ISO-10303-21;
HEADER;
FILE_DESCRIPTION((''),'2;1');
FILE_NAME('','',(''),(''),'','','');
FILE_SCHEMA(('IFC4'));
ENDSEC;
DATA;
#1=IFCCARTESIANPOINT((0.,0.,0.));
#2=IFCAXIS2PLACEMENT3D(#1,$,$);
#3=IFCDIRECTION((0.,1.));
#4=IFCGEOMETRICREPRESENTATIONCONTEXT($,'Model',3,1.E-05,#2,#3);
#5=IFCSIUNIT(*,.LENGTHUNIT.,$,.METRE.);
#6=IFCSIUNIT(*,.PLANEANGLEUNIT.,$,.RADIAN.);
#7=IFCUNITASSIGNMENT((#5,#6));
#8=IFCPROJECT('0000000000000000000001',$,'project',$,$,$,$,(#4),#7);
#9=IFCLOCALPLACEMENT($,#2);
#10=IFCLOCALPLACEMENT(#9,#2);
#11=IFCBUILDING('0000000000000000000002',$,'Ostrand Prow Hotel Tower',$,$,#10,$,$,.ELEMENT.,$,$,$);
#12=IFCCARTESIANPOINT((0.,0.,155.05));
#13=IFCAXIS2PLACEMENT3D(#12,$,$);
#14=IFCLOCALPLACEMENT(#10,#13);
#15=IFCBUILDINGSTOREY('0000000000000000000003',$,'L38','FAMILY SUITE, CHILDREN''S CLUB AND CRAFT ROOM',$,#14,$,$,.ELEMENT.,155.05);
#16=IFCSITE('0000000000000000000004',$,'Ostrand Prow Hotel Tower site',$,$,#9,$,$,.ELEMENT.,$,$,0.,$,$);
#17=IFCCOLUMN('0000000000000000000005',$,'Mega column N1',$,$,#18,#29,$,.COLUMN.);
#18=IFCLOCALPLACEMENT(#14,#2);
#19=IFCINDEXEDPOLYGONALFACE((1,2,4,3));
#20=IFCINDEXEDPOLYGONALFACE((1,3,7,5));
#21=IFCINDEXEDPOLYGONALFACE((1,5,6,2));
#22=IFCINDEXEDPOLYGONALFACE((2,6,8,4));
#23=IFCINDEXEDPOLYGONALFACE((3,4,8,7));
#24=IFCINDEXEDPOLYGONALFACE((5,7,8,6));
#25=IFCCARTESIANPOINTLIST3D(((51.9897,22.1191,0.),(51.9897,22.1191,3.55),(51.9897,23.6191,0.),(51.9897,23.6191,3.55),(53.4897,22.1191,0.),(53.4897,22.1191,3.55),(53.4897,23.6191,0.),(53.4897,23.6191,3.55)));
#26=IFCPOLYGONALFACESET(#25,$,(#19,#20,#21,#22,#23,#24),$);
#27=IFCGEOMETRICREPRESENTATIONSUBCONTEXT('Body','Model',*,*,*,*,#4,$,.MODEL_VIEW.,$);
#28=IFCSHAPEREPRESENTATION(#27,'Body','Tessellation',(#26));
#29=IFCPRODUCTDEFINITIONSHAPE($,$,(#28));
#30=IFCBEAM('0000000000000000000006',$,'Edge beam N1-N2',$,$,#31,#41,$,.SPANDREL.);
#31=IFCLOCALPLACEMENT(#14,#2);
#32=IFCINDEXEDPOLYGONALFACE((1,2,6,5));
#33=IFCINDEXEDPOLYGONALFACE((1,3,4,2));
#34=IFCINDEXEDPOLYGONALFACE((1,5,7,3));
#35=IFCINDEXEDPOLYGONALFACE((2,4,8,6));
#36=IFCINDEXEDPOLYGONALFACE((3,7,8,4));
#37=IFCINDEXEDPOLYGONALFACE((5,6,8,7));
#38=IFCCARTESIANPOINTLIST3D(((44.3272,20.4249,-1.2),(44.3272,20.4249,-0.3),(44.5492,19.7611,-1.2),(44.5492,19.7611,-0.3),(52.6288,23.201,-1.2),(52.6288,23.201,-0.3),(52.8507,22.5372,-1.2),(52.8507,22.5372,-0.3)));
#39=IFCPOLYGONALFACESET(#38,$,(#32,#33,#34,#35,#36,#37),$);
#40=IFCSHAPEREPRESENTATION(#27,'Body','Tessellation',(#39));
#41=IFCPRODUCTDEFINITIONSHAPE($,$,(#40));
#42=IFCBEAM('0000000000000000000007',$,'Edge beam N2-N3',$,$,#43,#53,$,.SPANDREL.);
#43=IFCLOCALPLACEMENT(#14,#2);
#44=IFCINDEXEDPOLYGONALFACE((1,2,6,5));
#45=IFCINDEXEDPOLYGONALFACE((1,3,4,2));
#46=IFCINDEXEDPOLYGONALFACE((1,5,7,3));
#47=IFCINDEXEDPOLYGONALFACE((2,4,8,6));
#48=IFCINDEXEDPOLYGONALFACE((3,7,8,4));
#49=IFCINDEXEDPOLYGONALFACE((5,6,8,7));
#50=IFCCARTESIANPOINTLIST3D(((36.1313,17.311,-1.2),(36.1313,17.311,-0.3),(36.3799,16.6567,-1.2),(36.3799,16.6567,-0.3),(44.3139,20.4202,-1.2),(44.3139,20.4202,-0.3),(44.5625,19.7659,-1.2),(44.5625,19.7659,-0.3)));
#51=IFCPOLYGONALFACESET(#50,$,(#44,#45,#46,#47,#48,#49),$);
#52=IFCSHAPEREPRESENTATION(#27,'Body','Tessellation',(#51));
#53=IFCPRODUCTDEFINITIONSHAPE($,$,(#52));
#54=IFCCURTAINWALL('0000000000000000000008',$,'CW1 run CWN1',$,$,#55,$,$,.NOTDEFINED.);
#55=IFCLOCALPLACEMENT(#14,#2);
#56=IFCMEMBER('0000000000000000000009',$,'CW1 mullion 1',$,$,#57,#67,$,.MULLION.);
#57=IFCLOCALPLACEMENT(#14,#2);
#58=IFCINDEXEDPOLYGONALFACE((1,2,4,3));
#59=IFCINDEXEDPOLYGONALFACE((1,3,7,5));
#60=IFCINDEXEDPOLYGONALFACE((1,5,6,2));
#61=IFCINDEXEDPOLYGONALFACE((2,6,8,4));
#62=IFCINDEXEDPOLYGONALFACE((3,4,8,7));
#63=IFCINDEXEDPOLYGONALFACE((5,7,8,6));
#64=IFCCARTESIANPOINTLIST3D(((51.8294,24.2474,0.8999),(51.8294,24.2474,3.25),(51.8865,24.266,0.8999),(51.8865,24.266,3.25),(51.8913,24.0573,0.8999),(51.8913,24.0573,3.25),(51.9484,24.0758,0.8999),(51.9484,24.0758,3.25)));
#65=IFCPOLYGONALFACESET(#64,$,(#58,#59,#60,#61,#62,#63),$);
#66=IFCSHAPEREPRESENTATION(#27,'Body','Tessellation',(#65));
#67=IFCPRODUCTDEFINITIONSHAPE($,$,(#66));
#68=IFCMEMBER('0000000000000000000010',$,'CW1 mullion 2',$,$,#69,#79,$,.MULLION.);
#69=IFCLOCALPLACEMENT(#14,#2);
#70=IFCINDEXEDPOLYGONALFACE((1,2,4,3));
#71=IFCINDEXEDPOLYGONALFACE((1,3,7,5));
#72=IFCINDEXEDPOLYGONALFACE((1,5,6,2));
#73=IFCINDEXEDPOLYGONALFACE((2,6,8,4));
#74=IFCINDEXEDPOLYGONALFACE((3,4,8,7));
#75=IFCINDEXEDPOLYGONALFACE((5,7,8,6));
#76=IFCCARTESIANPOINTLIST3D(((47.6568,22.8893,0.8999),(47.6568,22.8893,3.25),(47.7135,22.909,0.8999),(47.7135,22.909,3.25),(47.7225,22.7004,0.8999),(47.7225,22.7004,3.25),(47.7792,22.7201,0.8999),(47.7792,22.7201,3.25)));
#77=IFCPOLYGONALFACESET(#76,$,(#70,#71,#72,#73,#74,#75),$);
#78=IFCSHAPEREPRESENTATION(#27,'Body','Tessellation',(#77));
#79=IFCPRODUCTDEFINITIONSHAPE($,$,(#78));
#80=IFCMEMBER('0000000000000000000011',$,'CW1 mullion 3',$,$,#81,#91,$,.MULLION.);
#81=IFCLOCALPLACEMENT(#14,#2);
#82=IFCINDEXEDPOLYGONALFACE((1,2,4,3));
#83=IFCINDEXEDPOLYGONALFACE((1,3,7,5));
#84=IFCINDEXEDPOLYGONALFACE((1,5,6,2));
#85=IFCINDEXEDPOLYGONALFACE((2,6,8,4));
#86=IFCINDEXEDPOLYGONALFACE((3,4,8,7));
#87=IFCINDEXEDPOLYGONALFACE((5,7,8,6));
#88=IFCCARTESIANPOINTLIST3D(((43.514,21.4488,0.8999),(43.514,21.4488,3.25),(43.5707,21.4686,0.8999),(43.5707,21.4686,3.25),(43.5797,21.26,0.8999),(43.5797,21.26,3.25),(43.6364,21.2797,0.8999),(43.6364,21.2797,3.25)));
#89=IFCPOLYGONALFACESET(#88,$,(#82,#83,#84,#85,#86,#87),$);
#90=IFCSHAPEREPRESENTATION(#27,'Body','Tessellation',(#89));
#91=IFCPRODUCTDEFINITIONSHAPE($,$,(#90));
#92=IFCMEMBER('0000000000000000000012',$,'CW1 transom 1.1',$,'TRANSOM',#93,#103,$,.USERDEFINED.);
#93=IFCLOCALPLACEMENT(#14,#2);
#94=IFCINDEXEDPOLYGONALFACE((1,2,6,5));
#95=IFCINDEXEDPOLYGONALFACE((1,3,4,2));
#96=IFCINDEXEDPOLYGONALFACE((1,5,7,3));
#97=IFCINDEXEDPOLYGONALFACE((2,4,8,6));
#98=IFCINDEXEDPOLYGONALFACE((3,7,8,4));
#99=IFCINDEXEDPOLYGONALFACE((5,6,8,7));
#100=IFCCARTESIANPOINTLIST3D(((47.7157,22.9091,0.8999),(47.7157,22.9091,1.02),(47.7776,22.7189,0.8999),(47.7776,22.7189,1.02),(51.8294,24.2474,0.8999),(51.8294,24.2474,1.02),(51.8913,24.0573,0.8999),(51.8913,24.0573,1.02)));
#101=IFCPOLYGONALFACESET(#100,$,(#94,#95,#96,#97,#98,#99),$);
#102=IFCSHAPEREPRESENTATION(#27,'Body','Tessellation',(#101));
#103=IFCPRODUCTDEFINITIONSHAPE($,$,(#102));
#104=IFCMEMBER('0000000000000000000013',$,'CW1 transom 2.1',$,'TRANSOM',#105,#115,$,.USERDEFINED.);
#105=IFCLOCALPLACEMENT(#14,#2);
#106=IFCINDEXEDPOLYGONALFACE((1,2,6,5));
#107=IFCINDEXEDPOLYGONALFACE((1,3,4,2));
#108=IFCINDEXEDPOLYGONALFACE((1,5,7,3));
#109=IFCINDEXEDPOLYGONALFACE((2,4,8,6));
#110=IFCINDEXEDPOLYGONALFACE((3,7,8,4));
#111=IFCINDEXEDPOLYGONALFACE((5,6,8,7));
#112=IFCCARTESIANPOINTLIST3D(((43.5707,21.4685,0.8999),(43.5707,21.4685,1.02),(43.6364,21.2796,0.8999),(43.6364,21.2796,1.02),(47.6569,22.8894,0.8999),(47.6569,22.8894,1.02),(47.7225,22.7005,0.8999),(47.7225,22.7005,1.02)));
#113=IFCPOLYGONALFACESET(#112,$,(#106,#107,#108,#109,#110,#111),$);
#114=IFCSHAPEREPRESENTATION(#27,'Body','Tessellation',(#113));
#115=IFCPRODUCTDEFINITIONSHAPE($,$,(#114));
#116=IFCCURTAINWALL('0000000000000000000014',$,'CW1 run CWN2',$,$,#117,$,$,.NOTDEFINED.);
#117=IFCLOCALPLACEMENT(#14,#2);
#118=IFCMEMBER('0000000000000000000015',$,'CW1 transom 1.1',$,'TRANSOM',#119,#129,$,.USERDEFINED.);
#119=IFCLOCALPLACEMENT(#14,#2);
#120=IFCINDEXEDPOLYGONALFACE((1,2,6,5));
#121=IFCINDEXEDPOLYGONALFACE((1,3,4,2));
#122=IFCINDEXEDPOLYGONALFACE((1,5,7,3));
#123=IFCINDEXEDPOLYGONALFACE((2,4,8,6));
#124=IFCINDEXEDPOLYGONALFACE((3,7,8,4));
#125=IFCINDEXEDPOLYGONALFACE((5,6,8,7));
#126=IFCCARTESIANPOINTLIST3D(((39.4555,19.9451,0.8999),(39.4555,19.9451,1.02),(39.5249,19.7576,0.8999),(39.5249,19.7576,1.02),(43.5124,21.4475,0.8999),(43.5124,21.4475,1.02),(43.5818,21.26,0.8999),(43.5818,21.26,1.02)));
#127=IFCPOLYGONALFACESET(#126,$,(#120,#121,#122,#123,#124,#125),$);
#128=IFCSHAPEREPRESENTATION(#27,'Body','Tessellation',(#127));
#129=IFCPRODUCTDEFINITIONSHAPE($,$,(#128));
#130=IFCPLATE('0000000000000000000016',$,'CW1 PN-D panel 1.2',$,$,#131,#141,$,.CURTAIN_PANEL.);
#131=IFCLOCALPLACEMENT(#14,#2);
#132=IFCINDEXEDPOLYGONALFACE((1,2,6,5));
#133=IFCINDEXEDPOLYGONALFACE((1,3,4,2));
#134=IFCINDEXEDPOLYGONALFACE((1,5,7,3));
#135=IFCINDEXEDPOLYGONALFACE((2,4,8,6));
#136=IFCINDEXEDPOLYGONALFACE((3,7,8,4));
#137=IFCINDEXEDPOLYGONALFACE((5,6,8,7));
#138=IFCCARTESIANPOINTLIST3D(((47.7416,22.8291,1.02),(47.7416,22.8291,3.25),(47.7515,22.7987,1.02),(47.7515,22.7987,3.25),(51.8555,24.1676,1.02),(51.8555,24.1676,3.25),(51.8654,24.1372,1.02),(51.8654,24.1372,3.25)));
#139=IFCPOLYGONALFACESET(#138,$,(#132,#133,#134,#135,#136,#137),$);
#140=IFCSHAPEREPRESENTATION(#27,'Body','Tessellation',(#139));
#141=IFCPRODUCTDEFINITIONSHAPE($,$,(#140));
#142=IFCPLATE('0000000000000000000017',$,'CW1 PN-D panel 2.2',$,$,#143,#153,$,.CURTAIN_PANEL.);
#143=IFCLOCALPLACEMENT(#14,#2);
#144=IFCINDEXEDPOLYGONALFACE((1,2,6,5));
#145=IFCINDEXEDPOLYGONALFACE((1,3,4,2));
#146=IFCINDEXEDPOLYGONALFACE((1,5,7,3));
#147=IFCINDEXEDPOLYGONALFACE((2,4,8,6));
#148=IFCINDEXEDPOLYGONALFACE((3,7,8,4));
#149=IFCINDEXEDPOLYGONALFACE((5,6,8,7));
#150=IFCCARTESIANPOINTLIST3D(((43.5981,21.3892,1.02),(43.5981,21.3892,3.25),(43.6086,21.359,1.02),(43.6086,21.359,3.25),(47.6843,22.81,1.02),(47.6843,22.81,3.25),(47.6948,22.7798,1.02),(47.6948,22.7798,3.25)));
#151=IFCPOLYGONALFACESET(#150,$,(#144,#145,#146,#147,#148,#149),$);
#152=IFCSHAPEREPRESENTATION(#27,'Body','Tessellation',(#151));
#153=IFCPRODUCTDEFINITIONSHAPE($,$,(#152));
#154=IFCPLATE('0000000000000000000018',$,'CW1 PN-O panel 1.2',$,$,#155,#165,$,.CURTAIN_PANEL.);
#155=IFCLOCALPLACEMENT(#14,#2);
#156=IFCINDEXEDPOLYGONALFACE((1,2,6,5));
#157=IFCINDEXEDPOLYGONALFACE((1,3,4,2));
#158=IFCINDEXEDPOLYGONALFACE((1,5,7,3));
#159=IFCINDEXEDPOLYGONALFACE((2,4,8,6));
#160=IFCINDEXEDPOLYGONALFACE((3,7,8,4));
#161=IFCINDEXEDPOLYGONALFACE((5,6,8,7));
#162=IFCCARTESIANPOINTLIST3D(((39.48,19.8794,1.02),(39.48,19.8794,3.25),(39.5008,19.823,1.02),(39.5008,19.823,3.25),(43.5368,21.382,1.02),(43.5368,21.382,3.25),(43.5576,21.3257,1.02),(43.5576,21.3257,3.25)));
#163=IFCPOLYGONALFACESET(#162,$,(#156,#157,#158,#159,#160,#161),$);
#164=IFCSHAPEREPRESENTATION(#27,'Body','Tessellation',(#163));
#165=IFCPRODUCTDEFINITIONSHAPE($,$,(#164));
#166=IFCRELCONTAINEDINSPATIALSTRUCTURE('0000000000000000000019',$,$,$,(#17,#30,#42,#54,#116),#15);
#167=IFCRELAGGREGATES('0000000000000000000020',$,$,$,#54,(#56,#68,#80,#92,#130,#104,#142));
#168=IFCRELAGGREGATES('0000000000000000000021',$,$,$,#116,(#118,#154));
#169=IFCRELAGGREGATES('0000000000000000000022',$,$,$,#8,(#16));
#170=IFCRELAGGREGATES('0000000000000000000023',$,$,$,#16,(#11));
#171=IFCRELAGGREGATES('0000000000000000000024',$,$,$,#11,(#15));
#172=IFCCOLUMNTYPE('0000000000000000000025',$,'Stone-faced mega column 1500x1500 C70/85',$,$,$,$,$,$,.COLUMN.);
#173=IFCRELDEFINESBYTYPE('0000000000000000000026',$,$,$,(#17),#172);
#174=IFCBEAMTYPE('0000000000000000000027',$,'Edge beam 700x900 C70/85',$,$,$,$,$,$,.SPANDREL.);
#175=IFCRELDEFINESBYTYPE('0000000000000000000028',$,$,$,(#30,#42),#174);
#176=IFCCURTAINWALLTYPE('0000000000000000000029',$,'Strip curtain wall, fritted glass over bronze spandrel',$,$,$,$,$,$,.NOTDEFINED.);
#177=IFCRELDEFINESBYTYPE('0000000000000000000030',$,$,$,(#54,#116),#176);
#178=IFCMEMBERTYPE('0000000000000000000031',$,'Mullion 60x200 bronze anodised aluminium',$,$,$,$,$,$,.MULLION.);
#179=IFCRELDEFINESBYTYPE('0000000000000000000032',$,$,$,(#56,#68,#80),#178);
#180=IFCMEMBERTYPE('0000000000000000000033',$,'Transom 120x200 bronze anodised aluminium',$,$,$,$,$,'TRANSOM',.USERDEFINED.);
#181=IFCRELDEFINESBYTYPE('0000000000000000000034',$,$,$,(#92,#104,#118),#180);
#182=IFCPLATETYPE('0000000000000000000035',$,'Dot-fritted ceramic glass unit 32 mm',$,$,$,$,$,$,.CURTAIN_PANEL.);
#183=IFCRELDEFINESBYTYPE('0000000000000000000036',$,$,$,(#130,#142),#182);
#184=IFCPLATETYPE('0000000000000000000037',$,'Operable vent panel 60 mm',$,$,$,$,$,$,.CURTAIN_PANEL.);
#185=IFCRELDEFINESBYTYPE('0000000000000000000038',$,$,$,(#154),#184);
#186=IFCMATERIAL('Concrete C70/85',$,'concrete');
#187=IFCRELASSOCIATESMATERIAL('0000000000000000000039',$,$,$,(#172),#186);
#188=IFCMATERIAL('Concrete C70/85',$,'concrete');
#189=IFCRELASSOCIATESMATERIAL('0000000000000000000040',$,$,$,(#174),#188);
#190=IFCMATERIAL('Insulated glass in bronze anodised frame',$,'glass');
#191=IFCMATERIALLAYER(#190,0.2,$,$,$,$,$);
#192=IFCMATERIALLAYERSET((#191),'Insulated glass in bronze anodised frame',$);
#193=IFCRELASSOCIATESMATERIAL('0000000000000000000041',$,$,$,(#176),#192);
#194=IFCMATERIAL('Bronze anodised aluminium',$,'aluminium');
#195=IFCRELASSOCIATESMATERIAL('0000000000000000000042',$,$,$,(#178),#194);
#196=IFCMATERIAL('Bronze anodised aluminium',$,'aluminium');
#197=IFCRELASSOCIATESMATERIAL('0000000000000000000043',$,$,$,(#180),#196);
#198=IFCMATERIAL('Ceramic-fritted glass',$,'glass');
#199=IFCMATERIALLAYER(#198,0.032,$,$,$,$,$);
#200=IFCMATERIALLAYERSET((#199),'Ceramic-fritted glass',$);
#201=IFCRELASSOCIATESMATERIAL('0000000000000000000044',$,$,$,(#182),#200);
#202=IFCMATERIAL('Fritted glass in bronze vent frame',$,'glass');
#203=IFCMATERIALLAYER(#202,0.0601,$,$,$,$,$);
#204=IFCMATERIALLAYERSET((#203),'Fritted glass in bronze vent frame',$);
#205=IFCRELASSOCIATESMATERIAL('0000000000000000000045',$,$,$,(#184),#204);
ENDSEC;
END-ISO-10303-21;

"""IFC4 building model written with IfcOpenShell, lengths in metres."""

from ifc_helpers import new_model, si_unit, direction, frame, origin, origin_2d, place, context, subcontext, project, spatial, rectangle, extrude, material, layer, layer_set, material_profile, profile_set, type_object, element, aggregate, save


model = new_model("IFC4")

# Units and contexts
model_context = context("Model", 3, precision=1e-05, world=origin(), true_north=direction((0.0, 1.0)))
body_context = subcontext(model_context, "Body", "Model", "MODEL_VIEW")
ifc_project = project(units=[si_unit("LENGTHUNIT", "METRE"), si_unit("PLANEANGLEUNIT", "RADIAN")], contexts=[model_context])

# Site, building, storey
site_placement = place(None, origin())
site = spatial("IfcSite", under=ifc_project, at=site_placement, Name="Ostrand Prow Hotel Tower site", CompositionType="ELEMENT", RefElevation=0.0)
building_placement = place(site_placement, origin())
building = spatial("IfcBuilding", under=site, at=building_placement, Name="Ostrand Prow Hotel Tower", CompositionType="ELEMENT")
storey_placement = place(building_placement, frame((0.0, 0.0, 155.05)))
storey = spatial("IfcBuildingStorey", under=building, at=storey_placement, Name="L38", Description="FAMILY SUITE, CHILDREN'S CLUB AND CRAFT ROOM", CompositionType="ELEMENT", Elevation=155.05)

# Column
ifc_material_1 = material(Name="Concrete C70/85", Category="concrete")
ifc_material_profile_1 = material_profile(ifc_material_1, rectangle(XDim=1.5, YDim=1.5, at=origin_2d()), Name="RC 1500x1500")
ifc_profile_set_1 = profile_set([ifc_material_profile_1], Name="Concrete C70/85")
column_type = type_object("IfcColumnType", Name="Stone-faced mega column 1500x1500 C70/85", PredefinedType="COLUMN", material=ifc_profile_set_1)
column_placement = place(storey_placement, frame((52.7397, 22.8691, 0.0), z_axis=(0.0, 0.0, 1.0), x_axis=(1.0, 0.0, 0.0)))
element("IfcColumn", 1, at=column_placement, inside=storey, type_object=column_type, Name="Mega column N1", PredefinedType="COLUMN", context=body_context, shape_type="SweptSolid", body=[
    extrude(rectangle(XDim=1.5, YDim=1.5, at=origin_2d()), origin(), (0.0, 0.0, 1.0), 3.55),
])

# Beams
ifc_material_2 = material(Name="Concrete C70/85", Category="concrete")
ifc_material_profile_2 = material_profile(ifc_material_2, rectangle(XDim=0.7, YDim=0.8999, at=origin_2d()), Name="RC 700x900")
ifc_profile_set_2 = profile_set([ifc_material_profile_2], Name="Concrete C70/85")
beam_type = type_object("IfcBeamType", Name="Edge beam 700x900 C70/85", PredefinedType="SPANDREL", material=ifc_profile_set_2)
for number, where, z_axis, x_axis, name in (
    (2, (52.7397, 22.8691, -0.75), (-0.948376, -0.317148, 0.0), (0.317148, -0.948376, 0.0), "Edge beam N1-N2"),
    (3, (44.4382, 20.093, -0.75), (-0.934794, -0.355191, 0.0), (0.355191, -0.934794, 0.0), "Edge beam N2-N3"),
):
    element("IfcBeam", number, at=place(storey_placement, frame(where, z_axis=z_axis, x_axis=x_axis)), inside=storey, type_object=beam_type, Name=name, PredefinedType="SPANDREL", context=body_context, shape_type="SweptSolid", body=[
        extrude(rectangle(XDim=0.7, YDim=0.8999, at=origin_2d()), origin(), (0.0, 0.0, 1.0), 8.7534),
    ])

# Curtain wall, members
ifc_material_3 = material(Name="Insulated glass in bronze anodised frame", Category="glass")
ifc_layer_1 = layer(ifc_material_3, 0.2)
ifc_layer_set_1 = layer_set([ifc_layer_1], Name="Insulated glass in bronze anodised frame")
curtain_wall_type = type_object("IfcCurtainWallType", Name="Strip curtain wall, fritted glass over bronze spandrel", PredefinedType="NOTDEFINED", material=ifc_layer_set_1)
curtain_wall_1_placement = place(storey_placement, origin())
curtain_wall_1 = element("IfcCurtainWall", 4, at=curtain_wall_1_placement, inside=storey, type_object=curtain_wall_type, Name="CW1 run CWN1", PredefinedType="NOTDEFINED")
ifc_material_4 = material(Name="Bronze anodised aluminium", Category="aluminium")
ifc_material_profile_3 = material_profile(ifc_material_4, rectangle(XDim=0.2, YDim=0.0601, at=origin_2d()), Name="Mullion 60x200 bronze anodised aluminium")
ifc_profile_set_3 = profile_set([ifc_material_profile_3], Name="Bronze anodised aluminium")
member_type_1 = type_object("IfcMemberType", Name="Mullion 60x200 bronze anodised aluminium", PredefinedType="MULLION", material=ifc_profile_set_3)
member_1_placement = place(storey_placement, frame((51.8889, 24.1616, 0.8999), z_axis=(0.0, 0.0, 1.0), x_axis=(0.30938, -0.950938, 0.0)))
member_1 = element("IfcMember", 5, at=member_1_placement, type_object=member_type_1, Name="CW1 mullion 1", PredefinedType="MULLION", context=body_context, shape_type="SweptSolid", body=[
    extrude(rectangle(XDim=0.2, YDim=0.0601, at=origin_2d()), origin(), (0.0, 0.0, 1.0), 2.3501),
])
member_2_placement = place(storey_placement, frame((47.718, 22.8047, 0.8999), z_axis=(0.0, 0.0, 1.0), x_axis=(0.328428, -0.944529, 0.0)))
member_2 = element("IfcMember", 6, at=member_2_placement, type_object=member_type_1, Name="CW1 mullion 2", PredefinedType="MULLION", context=body_context, shape_type="SweptSolid", body=[
    extrude(rectangle(XDim=0.2, YDim=0.0601, at=origin_2d()), origin(), (0.0, 0.0, 1.0), 2.3501),
])
member_3_placement = place(storey_placement, frame((43.5752, 21.3643, 0.8999), z_axis=(0.0, 0.0, 1.0), x_axis=(0.328428, -0.944529, 0.0)))
member_3 = element("IfcMember", 7, at=member_3_placement, type_object=member_type_1, Name="CW1 mullion 3", PredefinedType="MULLION", context=body_context, shape_type="SweptSolid", body=[
    extrude(rectangle(XDim=0.2, YDim=0.0601, at=origin_2d()), origin(), (0.0, 0.0, 1.0), 2.3501),
])
ifc_material_5 = material(Name="Bronze anodised aluminium", Category="aluminium")
ifc_material_profile_4 = material_profile(ifc_material_5, rectangle(XDim=0.2, YDim=0.1201, at=origin_2d()), Name="Transom 120x200 bronze anodised aluminium")
ifc_profile_set_4 = profile_set([ifc_material_profile_4], Name="Bronze anodised aluminium")
member_type_2 = type_object("IfcMemberType", Name="Transom 120x200 bronze anodised aluminium", ElementType="TRANSOM", PredefinedType="USERDEFINED", material=ifc_profile_set_4)
member_4_placement = place(storey_placement, frame((51.8604, 24.1523, 0.96), z_axis=(-0.950939, -0.30938, 0.0), x_axis=(0.30938, -0.950939, 0.0)))
member_4 = element("IfcMember", 8, at=member_4_placement, type_object=member_type_2, Name="CW1 transom 1.1", ObjectType="TRANSOM", PredefinedType="USERDEFINED", context=body_context, shape_type="SweptSolid", body=[
    extrude(rectangle(XDim=0.2, YDim=0.1201, at=origin_2d()), origin(), (0.0, 0.0, 1.0), 4.3259),
])
member_5_placement = place(storey_placement, frame((47.6897, 22.7949, 0.96), z_axis=(-0.944524, -0.328442, 0.0), x_axis=(0.328442, -0.944524, 0.0)))
member_5 = element("IfcMember", 9, at=member_5_placement, type_object=member_type_2, Name="CW1 transom 2.1", ObjectType="TRANSOM", PredefinedType="USERDEFINED", context=body_context, shape_type="SweptSolid", body=[
    extrude(rectangle(XDim=0.2, YDim=0.1201, at=origin_2d()), origin(), (0.0, 0.0, 1.0), 4.3262),
])

# Curtain wall, member
curtain_wall_2_placement = place(storey_placement, origin())
curtain_wall_2 = element("IfcCurtainWall", 10, at=curtain_wall_2_placement, inside=storey, type_object=curtain_wall_type, Name="CW1 run CWN2", PredefinedType="NOTDEFINED")
member_6_placement = place(storey_placement, frame((43.5471, 21.3538, 0.96), z_axis=(-0.937757, -0.347292, 0.0), x_axis=(0.347292, -0.937757, 0.0)))
member_6 = element("IfcMember", 11, at=member_6_placement, type_object=member_type_2, Name="CW1 transom 1.1", ObjectType="TRANSOM", PredefinedType="USERDEFINED", context=body_context, shape_type="SweptSolid", body=[
    extrude(rectangle(XDim=0.2, YDim=0.1201, at=origin_2d()), origin(), (0.0, 0.0, 1.0), 4.3262),
])

# Plates
ifc_material_6 = material(Name="Ceramic-fritted glass", Category="glass")
ifc_layer_2 = layer(ifc_material_6, 0.032)
ifc_layer_set_2 = layer_set([ifc_layer_2], Name="Ceramic-fritted glass")
plate_type_1 = type_object("IfcPlateType", Name="Dot-fritted ceramic glass unit 32 mm", PredefinedType="CURTAIN_PANEL", material=ifc_layer_set_2)
plate_1_placement = place(storey_placement, frame((49.8035, 23.4832, 1.02), z_axis=(0.0, 0.0, 1.0), x_axis=(-0.950938, -0.30938, 0.0)))
plate_1 = element("IfcPlate", 12, at=plate_1_placement, type_object=plate_type_1, Name="CW1 PN-D panel 1.2", PredefinedType="CURTAIN_PANEL", context=body_context, shape_type="SweptSolid", body=[
    extrude(rectangle(XDim=4.3262, YDim=0.032, at=origin_2d()), origin(), (0.0, 0.0, 1.0), 2.23),
])
plate_2_placement = place(storey_placement, frame((45.6465, 22.0845, 1.02), z_axis=(0.0, 0.0, 1.0), x_axis=(-0.944529, -0.328428, 0.0)))
plate_2 = element("IfcPlate", 13, at=plate_2_placement, type_object=plate_type_1, Name="CW1 PN-D panel 2.2", PredefinedType="CURTAIN_PANEL", context=body_context, shape_type="SweptSolid", body=[
    extrude(rectangle(XDim=4.3262, YDim=0.032, at=origin_2d()), origin(), (0.0, 0.0, 1.0), 2.23),
])
aggregate(curtain_wall_1, [member_1, member_2, member_3, member_4, plate_1, member_5, plate_2])
ifc_material_7 = material(Name="Fritted glass in bronze vent frame", Category="glass")
ifc_layer_3 = layer(ifc_material_7, 0.0601)
ifc_layer_set_3 = layer_set([ifc_layer_3], Name="Fritted glass in bronze vent frame")
plate_type_2 = type_object("IfcPlateType", Name="Operable vent panel 60 mm", PredefinedType="CURTAIN_PANEL", material=ifc_layer_set_3)
plate_3_placement = place(storey_placement, frame((41.5188, 20.6025, 1.02), z_axis=(0.0, 0.0, 1.0), x_axis=(-0.937739, -0.347342, 0.0)))
plate_3 = element("IfcPlate", 14, at=plate_3_placement, type_object=plate_type_2, Name="CW1 PN-O panel 1.2", PredefinedType="CURTAIN_PANEL", context=body_context, shape_type="SweptSolid", body=[
    extrude(rectangle(XDim=4.3262, YDim=0.0601, at=origin_2d()), origin(), (0.0, 0.0, 1.0), 2.23),
])
aggregate(curtain_wall_2, [member_6, plate_3])

save(model, "model.ifc")
